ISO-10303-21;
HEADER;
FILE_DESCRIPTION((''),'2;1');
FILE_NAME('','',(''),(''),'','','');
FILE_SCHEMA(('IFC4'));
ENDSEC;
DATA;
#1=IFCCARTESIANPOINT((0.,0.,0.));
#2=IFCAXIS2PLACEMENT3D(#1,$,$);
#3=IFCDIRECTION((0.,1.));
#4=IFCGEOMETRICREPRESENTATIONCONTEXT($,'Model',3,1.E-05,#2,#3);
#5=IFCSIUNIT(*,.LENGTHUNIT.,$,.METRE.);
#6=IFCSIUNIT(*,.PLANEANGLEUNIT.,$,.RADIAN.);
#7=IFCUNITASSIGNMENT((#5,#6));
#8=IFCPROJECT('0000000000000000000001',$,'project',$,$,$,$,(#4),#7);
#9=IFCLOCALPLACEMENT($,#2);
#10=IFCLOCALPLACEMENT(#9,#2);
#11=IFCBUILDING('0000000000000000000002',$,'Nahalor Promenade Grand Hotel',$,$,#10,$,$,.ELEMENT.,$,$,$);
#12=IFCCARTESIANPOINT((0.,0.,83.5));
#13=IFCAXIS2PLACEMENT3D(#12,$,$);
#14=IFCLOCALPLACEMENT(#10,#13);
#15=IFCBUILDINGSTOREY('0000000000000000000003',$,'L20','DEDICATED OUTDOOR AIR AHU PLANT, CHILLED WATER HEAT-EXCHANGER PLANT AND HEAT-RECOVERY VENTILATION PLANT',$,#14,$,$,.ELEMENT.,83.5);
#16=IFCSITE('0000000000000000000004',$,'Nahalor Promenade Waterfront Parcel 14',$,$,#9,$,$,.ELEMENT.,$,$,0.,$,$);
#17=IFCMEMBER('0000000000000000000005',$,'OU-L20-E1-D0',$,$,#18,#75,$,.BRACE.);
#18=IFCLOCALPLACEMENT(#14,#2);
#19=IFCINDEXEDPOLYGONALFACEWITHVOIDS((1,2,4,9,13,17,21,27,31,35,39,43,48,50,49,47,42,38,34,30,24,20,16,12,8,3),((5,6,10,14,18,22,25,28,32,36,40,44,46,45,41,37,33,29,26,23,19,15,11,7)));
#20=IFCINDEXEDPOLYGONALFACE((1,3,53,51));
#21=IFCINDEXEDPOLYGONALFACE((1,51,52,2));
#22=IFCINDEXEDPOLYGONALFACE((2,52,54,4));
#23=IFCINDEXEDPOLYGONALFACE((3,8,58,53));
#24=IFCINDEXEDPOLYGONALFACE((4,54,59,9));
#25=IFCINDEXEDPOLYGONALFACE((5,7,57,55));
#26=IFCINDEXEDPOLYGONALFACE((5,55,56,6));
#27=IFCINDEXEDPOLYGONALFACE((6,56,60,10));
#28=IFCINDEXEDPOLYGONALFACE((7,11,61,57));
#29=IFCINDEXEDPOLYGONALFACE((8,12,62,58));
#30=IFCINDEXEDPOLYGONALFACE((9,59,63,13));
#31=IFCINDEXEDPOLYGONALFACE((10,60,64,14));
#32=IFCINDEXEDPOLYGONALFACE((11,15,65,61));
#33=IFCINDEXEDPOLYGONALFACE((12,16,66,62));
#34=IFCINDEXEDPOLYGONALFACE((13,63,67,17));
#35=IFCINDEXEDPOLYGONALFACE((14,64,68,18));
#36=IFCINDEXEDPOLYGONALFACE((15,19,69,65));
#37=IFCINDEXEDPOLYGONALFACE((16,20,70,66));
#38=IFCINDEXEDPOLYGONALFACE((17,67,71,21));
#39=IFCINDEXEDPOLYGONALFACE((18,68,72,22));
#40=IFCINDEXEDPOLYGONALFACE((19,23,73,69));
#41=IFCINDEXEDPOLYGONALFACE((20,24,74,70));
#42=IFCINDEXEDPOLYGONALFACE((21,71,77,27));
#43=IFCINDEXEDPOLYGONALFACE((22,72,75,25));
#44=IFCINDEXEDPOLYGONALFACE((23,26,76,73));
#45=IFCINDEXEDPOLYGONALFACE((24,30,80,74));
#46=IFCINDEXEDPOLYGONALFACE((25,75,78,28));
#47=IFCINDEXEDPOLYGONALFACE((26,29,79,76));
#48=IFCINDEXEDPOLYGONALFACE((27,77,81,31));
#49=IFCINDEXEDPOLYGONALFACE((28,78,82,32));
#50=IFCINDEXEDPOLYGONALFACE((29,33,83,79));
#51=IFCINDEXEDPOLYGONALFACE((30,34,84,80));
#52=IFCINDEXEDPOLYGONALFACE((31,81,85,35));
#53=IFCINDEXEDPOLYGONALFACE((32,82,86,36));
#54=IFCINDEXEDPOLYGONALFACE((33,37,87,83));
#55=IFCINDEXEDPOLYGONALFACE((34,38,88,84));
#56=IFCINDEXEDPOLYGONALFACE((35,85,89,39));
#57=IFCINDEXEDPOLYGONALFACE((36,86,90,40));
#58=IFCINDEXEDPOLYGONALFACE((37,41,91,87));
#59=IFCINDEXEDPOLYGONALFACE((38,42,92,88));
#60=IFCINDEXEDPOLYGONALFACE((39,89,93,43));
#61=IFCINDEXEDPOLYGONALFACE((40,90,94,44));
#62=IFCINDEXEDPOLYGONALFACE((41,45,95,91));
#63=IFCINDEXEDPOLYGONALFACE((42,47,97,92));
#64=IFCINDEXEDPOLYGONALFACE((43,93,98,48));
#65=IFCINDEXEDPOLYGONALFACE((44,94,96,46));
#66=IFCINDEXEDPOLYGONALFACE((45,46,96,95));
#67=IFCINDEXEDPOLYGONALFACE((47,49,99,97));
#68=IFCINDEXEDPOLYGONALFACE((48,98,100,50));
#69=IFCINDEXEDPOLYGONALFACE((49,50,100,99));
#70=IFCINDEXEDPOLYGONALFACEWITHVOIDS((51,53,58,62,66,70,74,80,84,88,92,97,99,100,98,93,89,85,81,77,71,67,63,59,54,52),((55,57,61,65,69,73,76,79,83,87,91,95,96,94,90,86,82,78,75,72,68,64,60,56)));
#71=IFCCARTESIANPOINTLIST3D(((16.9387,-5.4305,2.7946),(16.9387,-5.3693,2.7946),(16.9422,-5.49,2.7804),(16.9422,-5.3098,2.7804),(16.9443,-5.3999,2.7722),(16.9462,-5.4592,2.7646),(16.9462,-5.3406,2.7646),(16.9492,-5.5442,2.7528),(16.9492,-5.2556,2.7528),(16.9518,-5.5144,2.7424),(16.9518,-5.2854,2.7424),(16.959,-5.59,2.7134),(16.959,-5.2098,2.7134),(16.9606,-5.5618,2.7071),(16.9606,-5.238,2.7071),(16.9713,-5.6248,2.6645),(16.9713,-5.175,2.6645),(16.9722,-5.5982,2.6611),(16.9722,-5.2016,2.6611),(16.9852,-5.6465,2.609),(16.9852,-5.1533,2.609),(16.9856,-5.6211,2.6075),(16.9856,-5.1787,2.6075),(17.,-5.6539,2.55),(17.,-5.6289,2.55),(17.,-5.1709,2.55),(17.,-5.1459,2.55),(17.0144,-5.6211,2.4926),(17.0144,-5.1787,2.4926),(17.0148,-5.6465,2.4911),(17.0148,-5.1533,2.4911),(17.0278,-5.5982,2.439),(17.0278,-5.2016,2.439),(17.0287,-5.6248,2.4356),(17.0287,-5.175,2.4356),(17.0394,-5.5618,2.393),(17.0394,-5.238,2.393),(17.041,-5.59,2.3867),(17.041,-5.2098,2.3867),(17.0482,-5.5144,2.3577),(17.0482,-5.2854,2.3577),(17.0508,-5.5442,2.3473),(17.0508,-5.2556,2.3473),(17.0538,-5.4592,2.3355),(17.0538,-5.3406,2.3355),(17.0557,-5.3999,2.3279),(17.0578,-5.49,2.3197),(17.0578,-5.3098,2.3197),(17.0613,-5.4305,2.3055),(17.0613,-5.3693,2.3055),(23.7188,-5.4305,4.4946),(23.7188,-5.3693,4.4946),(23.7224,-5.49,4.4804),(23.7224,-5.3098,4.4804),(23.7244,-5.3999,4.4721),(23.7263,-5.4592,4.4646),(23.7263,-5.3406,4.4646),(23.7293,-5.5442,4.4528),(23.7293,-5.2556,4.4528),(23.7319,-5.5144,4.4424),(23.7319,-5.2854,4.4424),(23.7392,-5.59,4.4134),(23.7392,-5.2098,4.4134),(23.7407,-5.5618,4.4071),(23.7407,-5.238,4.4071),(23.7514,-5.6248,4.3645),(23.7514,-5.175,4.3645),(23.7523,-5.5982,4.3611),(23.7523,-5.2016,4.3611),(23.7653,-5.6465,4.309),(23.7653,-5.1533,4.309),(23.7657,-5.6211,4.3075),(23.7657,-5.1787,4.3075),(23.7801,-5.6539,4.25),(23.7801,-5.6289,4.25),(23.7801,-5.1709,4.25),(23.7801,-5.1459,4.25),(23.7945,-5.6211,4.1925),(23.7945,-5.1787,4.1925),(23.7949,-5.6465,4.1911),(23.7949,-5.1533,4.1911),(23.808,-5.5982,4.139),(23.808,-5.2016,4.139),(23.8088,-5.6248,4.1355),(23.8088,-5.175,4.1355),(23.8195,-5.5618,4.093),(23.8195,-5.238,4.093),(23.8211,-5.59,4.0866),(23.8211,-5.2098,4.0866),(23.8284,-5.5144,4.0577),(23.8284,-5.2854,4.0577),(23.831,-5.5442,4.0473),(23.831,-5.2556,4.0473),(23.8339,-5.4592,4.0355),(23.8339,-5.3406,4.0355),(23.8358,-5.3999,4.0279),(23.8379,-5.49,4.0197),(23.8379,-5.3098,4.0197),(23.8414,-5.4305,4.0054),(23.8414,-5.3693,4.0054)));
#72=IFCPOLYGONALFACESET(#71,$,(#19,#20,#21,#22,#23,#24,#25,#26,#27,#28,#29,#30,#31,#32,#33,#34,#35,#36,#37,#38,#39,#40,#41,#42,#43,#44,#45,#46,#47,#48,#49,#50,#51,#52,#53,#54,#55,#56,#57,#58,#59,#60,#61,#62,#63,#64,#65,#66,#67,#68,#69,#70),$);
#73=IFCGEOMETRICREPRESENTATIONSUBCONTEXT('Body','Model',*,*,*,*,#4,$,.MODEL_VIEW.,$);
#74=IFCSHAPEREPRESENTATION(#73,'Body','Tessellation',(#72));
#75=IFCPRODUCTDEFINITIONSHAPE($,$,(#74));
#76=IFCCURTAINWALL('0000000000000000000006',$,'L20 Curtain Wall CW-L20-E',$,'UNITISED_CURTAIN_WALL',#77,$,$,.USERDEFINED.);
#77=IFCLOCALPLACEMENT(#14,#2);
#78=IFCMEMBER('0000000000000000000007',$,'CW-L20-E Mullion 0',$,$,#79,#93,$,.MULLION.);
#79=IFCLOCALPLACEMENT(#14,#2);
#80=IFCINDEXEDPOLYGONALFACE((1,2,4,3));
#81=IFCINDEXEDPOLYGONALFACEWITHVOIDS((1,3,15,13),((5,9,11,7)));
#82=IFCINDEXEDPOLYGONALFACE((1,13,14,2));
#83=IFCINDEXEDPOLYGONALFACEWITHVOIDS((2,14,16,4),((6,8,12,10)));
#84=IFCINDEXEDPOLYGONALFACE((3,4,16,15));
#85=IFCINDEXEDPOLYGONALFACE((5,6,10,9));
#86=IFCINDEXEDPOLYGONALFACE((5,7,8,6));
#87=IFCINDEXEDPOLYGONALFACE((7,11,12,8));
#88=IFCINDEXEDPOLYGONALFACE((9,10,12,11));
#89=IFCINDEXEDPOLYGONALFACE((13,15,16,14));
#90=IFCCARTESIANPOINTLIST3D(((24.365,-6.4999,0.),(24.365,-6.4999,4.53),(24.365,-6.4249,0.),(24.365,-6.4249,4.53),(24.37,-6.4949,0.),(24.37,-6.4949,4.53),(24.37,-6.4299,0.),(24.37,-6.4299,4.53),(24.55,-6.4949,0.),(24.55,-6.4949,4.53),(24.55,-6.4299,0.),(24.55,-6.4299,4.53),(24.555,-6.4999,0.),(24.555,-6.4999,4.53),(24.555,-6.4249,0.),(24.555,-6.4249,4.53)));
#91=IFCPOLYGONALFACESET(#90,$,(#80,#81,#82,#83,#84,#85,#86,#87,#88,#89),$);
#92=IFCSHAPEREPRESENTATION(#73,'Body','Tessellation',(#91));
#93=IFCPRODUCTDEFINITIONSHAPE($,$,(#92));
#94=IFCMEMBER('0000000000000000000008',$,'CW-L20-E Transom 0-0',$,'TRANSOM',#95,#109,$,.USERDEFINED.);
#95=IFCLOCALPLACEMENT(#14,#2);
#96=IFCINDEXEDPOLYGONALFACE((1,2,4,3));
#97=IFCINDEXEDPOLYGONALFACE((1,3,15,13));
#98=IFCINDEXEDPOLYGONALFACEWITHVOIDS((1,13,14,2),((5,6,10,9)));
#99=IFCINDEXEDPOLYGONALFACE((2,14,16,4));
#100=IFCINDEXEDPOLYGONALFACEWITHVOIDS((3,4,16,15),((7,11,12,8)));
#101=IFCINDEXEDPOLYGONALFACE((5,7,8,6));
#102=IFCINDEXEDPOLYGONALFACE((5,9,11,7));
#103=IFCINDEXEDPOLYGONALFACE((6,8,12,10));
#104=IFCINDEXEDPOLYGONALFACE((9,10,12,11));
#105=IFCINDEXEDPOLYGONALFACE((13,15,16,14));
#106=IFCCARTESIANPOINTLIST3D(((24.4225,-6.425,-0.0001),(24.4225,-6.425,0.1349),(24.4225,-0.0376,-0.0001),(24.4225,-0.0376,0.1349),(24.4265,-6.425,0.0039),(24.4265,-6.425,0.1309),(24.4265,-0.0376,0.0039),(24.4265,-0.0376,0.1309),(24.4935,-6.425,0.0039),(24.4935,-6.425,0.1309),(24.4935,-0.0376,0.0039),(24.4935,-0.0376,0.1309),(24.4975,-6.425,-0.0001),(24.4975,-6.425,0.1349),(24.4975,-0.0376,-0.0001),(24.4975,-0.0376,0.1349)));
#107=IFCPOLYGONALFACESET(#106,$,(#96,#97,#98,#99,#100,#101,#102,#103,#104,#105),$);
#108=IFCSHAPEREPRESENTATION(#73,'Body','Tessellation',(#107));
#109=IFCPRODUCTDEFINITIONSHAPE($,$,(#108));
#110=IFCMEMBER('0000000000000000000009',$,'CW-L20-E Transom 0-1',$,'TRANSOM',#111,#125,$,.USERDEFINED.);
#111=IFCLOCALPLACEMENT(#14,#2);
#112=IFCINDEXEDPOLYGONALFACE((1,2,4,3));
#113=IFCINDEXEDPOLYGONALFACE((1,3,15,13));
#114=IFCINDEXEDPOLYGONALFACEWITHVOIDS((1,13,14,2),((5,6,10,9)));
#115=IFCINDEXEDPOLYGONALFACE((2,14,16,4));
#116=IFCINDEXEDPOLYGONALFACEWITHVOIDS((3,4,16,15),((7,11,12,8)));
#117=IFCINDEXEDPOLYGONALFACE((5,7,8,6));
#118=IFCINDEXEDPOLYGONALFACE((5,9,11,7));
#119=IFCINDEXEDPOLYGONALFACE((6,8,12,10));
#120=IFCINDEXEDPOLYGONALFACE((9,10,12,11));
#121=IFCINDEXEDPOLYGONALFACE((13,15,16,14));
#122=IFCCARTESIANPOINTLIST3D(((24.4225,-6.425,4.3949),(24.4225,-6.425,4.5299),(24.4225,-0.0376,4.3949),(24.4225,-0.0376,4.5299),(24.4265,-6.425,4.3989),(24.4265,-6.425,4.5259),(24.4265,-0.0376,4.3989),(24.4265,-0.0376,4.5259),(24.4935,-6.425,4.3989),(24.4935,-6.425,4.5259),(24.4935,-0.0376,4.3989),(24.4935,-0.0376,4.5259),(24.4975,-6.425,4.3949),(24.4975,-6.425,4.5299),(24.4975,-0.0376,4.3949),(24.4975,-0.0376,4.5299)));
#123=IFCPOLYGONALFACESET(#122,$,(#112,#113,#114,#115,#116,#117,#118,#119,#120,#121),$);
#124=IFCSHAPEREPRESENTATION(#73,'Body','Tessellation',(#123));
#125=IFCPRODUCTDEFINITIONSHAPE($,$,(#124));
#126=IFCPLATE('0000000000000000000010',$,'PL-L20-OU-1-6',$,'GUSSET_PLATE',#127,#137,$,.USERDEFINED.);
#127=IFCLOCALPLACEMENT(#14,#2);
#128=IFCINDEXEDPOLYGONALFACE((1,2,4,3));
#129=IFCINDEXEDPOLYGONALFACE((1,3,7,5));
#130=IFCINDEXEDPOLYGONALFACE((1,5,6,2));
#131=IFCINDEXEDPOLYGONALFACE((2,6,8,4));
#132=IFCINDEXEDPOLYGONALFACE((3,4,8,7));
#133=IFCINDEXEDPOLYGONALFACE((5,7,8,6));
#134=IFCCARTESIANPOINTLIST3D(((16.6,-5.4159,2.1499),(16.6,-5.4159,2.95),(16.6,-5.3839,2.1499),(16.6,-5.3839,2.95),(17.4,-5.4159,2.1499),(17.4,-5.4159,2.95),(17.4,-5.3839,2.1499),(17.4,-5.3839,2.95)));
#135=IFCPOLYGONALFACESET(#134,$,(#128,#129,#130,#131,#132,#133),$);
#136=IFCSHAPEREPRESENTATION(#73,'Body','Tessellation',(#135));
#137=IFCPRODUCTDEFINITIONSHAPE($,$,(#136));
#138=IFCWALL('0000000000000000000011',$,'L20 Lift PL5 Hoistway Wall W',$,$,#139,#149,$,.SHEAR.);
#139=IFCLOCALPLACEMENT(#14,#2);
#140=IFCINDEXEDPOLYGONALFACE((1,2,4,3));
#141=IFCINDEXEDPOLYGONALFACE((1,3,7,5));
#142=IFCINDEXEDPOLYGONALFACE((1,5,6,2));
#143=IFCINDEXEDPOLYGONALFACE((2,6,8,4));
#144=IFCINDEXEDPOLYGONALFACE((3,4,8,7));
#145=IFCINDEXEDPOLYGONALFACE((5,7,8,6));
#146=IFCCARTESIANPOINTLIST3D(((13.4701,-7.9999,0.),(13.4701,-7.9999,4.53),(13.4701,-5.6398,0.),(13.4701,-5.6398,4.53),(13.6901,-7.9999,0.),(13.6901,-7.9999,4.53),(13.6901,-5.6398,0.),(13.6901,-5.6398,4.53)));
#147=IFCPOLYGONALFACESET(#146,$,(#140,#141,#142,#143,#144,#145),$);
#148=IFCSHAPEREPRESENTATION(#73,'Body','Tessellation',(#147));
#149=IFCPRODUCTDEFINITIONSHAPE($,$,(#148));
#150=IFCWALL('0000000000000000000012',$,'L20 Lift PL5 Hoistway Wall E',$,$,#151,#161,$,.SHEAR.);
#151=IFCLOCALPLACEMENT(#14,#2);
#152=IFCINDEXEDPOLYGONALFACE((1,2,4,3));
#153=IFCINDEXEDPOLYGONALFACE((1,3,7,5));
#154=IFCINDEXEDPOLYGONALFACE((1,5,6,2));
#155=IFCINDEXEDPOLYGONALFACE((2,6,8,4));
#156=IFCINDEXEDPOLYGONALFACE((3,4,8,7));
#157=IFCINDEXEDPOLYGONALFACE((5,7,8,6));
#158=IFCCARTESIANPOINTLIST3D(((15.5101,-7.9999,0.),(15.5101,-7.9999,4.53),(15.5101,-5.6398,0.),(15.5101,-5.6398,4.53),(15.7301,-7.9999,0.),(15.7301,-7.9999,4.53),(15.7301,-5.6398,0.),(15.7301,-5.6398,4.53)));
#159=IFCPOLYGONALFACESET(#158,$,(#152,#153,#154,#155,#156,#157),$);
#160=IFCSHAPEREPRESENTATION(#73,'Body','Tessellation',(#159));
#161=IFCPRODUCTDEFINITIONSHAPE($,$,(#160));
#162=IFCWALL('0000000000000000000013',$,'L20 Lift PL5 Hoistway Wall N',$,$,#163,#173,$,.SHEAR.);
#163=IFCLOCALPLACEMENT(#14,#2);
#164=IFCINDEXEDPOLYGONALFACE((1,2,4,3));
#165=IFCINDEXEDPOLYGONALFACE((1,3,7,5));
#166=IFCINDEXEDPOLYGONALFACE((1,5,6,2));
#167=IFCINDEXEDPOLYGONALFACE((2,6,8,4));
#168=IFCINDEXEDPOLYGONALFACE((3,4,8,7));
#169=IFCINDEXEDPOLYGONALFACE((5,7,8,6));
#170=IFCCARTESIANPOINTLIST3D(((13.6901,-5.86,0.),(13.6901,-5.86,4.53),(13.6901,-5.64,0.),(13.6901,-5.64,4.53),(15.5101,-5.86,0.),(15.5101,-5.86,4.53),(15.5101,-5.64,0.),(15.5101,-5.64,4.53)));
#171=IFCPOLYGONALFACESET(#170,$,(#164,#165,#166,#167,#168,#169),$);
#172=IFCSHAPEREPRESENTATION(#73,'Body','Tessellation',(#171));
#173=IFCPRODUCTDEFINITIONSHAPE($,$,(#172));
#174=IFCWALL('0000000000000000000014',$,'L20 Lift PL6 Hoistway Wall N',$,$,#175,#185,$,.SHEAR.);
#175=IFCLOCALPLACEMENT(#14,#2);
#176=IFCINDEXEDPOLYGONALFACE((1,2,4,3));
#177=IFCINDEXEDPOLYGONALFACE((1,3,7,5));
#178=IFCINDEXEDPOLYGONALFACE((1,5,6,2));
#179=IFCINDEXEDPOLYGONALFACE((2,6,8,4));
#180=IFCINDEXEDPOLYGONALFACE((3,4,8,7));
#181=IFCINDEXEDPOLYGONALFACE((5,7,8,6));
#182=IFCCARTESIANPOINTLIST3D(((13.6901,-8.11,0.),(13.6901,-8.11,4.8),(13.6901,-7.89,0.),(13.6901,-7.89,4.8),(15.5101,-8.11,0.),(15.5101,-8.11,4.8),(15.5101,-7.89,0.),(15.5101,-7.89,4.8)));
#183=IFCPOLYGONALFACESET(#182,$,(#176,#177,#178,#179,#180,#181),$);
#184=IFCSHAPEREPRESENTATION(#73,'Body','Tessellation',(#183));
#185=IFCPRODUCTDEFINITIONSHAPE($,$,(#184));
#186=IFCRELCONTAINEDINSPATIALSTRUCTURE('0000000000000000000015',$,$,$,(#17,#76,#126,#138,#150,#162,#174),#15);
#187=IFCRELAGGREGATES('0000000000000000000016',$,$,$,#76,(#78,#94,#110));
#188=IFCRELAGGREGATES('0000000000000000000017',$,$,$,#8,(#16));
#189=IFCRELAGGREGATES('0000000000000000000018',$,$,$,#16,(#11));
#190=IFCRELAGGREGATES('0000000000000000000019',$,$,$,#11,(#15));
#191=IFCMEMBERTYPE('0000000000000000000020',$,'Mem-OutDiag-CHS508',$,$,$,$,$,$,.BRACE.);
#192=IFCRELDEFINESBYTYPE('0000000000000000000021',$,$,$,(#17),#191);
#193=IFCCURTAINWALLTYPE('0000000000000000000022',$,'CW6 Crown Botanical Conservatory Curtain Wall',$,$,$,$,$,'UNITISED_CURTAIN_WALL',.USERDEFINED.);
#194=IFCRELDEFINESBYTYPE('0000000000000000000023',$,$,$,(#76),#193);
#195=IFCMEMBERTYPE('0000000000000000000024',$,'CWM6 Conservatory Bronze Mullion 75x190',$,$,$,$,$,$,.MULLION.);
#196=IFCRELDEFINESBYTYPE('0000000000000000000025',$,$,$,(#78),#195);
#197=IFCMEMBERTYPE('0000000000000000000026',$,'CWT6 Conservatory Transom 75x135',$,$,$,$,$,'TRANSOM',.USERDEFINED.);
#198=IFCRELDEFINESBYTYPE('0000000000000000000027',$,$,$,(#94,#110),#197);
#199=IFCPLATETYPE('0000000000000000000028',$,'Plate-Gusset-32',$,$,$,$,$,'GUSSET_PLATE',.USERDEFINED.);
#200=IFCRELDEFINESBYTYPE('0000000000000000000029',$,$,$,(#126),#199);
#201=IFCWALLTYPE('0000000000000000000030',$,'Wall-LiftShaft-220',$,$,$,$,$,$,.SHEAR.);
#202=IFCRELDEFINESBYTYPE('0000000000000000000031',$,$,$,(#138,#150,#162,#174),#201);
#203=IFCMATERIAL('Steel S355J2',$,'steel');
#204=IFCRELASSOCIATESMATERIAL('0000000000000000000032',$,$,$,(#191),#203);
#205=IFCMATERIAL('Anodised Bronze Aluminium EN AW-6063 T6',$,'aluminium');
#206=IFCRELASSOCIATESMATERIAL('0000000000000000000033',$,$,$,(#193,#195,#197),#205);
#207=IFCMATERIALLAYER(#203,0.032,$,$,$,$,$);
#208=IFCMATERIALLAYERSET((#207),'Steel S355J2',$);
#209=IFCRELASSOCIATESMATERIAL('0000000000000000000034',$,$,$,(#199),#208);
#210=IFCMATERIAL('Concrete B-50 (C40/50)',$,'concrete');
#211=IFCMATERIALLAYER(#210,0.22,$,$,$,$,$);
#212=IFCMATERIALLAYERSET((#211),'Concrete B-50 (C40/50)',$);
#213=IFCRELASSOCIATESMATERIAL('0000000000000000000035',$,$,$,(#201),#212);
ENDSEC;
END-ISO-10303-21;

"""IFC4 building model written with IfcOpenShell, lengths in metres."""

from ifc_helpers import new_model, si_unit, direction, frame, frame_2d, origin, origin_2d, place, context, subcontext, project, spatial, rectangle, hollow_rectangle, hollow_circle, extrude, source, transform, mapped, material, layer, layer_set, material_profile, profile_set, type_object, element, aggregate, save


model = new_model("IFC4")

# Units and contexts
model_context = context("Model", 3, precision=1e-05, world=origin(), true_north=direction((0.0, 1.0)))
body_context = subcontext(model_context, "Body", "Model", "MODEL_VIEW")
ifc_project = project(units=[si_unit("LENGTHUNIT", "METRE"), si_unit("PLANEANGLEUNIT", "RADIAN")], contexts=[model_context])

# Site, building, storey
site_placement = place(None, origin())
site = spatial("IfcSite", under=ifc_project, at=site_placement, Name="Nahalor Promenade Waterfront Parcel 14", CompositionType="ELEMENT", RefElevation=0.0)
building_placement = place(site_placement, origin())
building = spatial("IfcBuilding", under=site, at=building_placement, Name="Nahalor Promenade Grand Hotel", CompositionType="ELEMENT")
storey_placement = place(building_placement, frame((0.0, 0.0, 83.5)))
storey = spatial("IfcBuildingStorey", under=building, at=storey_placement, Name="L20", Description="DEDICATED OUTDOOR AIR AHU PLANT, CHILLED WATER HEAT-EXCHANGER PLANT AND HEAT-RECOVERY VENTILATION PLANT", CompositionType="ELEMENT", Elevation=83.5)

# Shared definitions
ifc_material_1 = material(Name="Steel S355J2", Category="steel")

# Member
ifc_material_profile_1 = material_profile(ifc_material_1, hollow_circle(Radius=0.254, WallThickness=0.025, at=origin_2d()), Name="CHS 508x25")
ifc_profile_set_1 = profile_set([ifc_material_profile_1], Name="Steel S355J2")
member_type_1 = type_object("IfcMemberType", Name="Mem-OutDiag-CHS508", PredefinedType="BRACE", material=ifc_profile_set_1)
shared_shape_1 = source(origin(), body_context, "Body", "SweptSolid", [
    extrude(hollow_circle(Radius=0.254, WallThickness=0.025, at=origin_2d()), origin(), (0.0, 0.0, 1.0), 6.99),
])
member_1_placement = place(storey_placement, frame((17.0, -5.3999, 2.55), z_axis=(0.969976, 0.0, 0.243201), x_axis=(0.0, 1.0, 0.0)))
element("IfcMember", 1, at=member_1_placement, inside=storey, type_object=member_type_1, Name="OU-L20-E1-D0", PredefinedType="BRACE", context=body_context, shape_type="MappedRepresentation", body=[
    mapped(shared_shape_1, transform((0.0, 0.0, 0.0), scale=1.0)),
])

# Curtain wall, members
ifc_material_2 = material(Name="Anodised Bronze Aluminium EN AW-6063 T6", Category="aluminium")
curtain_wall_type = type_object("IfcCurtainWallType", Name="CW6 Crown Botanical Conservatory Curtain Wall", ElementType="UNITISED_CURTAIN_WALL", PredefinedType="USERDEFINED", material=ifc_material_2)
curtain_wall_placement = place(storey_placement, origin())
curtain_wall = element("IfcCurtainWall", 2, at=curtain_wall_placement, inside=storey, type_object=curtain_wall_type, Name="L20 Curtain Wall CW-L20-E", ObjectType="UNITISED_CURTAIN_WALL", PredefinedType="USERDEFINED")
ifc_material_profile_2 = material_profile(ifc_material_2, hollow_rectangle(XDim=0.075, YDim=0.19, WallThickness=0.005, at=origin_2d()), Name="CWM 75x190x5")
ifc_profile_set_2 = profile_set([ifc_material_profile_2], Name="Anodised Bronze Aluminium EN AW-6063 T6")
member_type_2 = type_object("IfcMemberType", Name="CWM6 Conservatory Bronze Mullion 75x190", PredefinedType="MULLION", material=ifc_profile_set_2)
shared_shape_2 = source(origin(), body_context, "Body", "SweptSolid", [
    extrude(hollow_rectangle(XDim=0.075, YDim=0.19, WallThickness=0.005, at=origin_2d()), origin(), (0.0, 0.0, 1.0), 4.53),
])
member_2_placement = place(storey_placement, frame((24.46, -6.4624, 0.0), z_axis=(0.0, 0.0, 1.0), x_axis=(0.0, 1.0, 0.0)))
member_2 = element("IfcMember", 3, at=member_2_placement, type_object=member_type_2, Name="CW-L20-E Mullion 0", PredefinedType="MULLION", context=body_context, shape_type="MappedRepresentation", body=[
    mapped(shared_shape_2, transform((0.0, 0.0, 0.0), scale=1.0)),
])
ifc_material_profile_3 = material_profile(ifc_material_2, hollow_rectangle(XDim=0.075, YDim=0.135, WallThickness=0.004, at=origin_2d()), Name="CWT 75x135x4")
ifc_profile_set_3 = profile_set([ifc_material_profile_3], Name="Anodised Bronze Aluminium EN AW-6063 T6")
member_type_3 = type_object("IfcMemberType", Name="CWT6 Conservatory Transom 75x135", ElementType="TRANSOM", PredefinedType="USERDEFINED", material=ifc_profile_set_3)
shared_shape_3 = source(origin(), body_context, "Body", "SweptSolid", [
    extrude(hollow_rectangle(XDim=0.075, YDim=0.135, WallThickness=0.004, at=origin_2d()), origin(), (0.0, 0.0, 1.0), 6.3875),
])
member_3_placement = place(storey_placement, frame((24.46, -6.425, 0.0674), z_axis=(0.0, 1.0, 0.0), x_axis=(-1.0, 0.0, 0.0)))
member_3 = element("IfcMember", 4, at=member_3_placement, type_object=member_type_3, Name="CW-L20-E Transom 0-0", ObjectType="TRANSOM", PredefinedType="USERDEFINED", context=body_context, shape_type="MappedRepresentation", body=[
    mapped(shared_shape_3, transform((0.0, 0.0, 0.0), scale=1.0)),
])
member_4_placement = place(storey_placement, frame((24.46, -6.425, 4.4624), z_axis=(0.0, 1.0, 0.0), x_axis=(-1.0, 0.0, 0.0)))
member_4 = element("IfcMember", 5, at=member_4_placement, type_object=member_type_3, Name="CW-L20-E Transom 0-1", ObjectType="TRANSOM", PredefinedType="USERDEFINED", context=body_context, shape_type="MappedRepresentation", body=[
    mapped(shared_shape_3, transform((0.0, 0.0, 0.0), scale=1.0)),
])
aggregate(curtain_wall, [member_2, member_3, member_4])

# Plate
ifc_layer_1 = layer(ifc_material_1, 0.032)
ifc_layer_set_1 = layer_set([ifc_layer_1], Name="Steel S355J2")
plate_type = type_object("IfcPlateType", Name="Plate-Gusset-32", ElementType="GUSSET_PLATE", PredefinedType="USERDEFINED", material=ifc_layer_set_1)
shared_shape_4 = source(origin(), body_context, "Body", "SweptSolid", [
    extrude(rectangle(XDim=0.8, YDim=0.032, at=origin_2d()), origin(), (0.0, 0.0, 1.0), 0.8),
])
plate_placement = place(storey_placement, frame((17.0, -5.3999, 2.1499), z_axis=(0.0, 0.0, 1.0), x_axis=(1.0, 0.0, 0.0)))
element("IfcPlate", 6, at=plate_placement, inside=storey, type_object=plate_type, Name="PL-L20-OU-1-6", ObjectType="GUSSET_PLATE", PredefinedType="USERDEFINED", context=body_context, shape_type="MappedRepresentation", body=[
    mapped(shared_shape_4, transform((0.0, 0.0, 0.0), scale=1.0)),
])

# Walls
ifc_material_3 = material(Name="Concrete B-50 (C40/50)", Category="concrete")
ifc_layer_2 = layer(ifc_material_3, 0.22)
ifc_layer_set_2 = layer_set([ifc_layer_2], Name="Concrete B-50 (C40/50)")
wall_type_1 = type_object("IfcWallType", Name="Wall-LiftShaft-220", PredefinedType="SHEAR", material=ifc_layer_set_2)
shared_shape_5 = source(origin(), body_context, "Body", "SweptSolid", [
    extrude(rectangle(XDim=2.3601, YDim=0.22, at=frame_2d((1.1802, 0.0))), origin(), (0.0, 0.0, 1.0), 4.53),
])
for number, where, z_axis, x_axis, name in (
    (7, (13.5801, -8.0, 0.0), (0.0, 0.0, 1.0), (0.0, 1.0, 0.0), "L20 Lift PL5 Hoistway Wall W"),
    (8, (15.6201, -8.0, 0.0), (0.0, 0.0, 1.0), (0.0, 1.0, 0.0), "L20 Lift PL5 Hoistway Wall E"),
):
    element("IfcWall", number, at=place(storey_placement, frame(where, z_axis=z_axis, x_axis=x_axis)), inside=storey, type_object=wall_type_1, Name=name, PredefinedType="SHEAR", context=body_context, shape_type="MappedRepresentation", body=[
        mapped(shared_shape_5, transform((0.0, 0.0, 0.0), scale=1.0)),
    ])
shared_shape_6 = source(origin(), body_context, "Body", "SweptSolid", [
    extrude(rectangle(XDim=1.8201, YDim=0.22, at=frame_2d((0.9102, 0.0))), origin(), (0.0, 0.0, 1.0), 4.53),
])
wall_1_placement = place(storey_placement, frame((13.6899, -5.75, 0.0), z_axis=(0.0, 0.0, 1.0), x_axis=(1.0, 0.0, 0.0)))
element("IfcWall", 9, at=wall_1_placement, inside=storey, type_object=wall_type_1, Name="L20 Lift PL5 Hoistway Wall N", PredefinedType="SHEAR", context=body_context, shape_type="MappedRepresentation", body=[
    mapped(shared_shape_6, transform((0.0, 0.0, 0.0), scale=1.0)),
])
shared_shape_7 = source(origin(), body_context, "Body", "SweptSolid", [
    extrude(rectangle(XDim=1.8201, YDim=0.22, at=frame_2d((0.9102, 0.0))), origin(), (0.0, 0.0, 1.0), 4.8),
])
for number, where, z_axis, x_axis, name in (
    (10, (13.6899, -8.0, 0.0), (0.0, 0.0, 1.0), (1.0, 0.0, 0.0), "L20 Lift PL6 Hoistway Wall N"),
):
    element("IfcWall", number, at=place(storey_placement, frame(where, z_axis=z_axis, x_axis=x_axis)), inside=storey, type_object=wall_type_1, Name=name, PredefinedType="SHEAR", context=body_context, shape_type="MappedRepresentation", body=[
        mapped(shared_shape_7, transform((0.0, 0.0, 0.0), scale=1.0)),
    ])

save(model, "model.ifc")
